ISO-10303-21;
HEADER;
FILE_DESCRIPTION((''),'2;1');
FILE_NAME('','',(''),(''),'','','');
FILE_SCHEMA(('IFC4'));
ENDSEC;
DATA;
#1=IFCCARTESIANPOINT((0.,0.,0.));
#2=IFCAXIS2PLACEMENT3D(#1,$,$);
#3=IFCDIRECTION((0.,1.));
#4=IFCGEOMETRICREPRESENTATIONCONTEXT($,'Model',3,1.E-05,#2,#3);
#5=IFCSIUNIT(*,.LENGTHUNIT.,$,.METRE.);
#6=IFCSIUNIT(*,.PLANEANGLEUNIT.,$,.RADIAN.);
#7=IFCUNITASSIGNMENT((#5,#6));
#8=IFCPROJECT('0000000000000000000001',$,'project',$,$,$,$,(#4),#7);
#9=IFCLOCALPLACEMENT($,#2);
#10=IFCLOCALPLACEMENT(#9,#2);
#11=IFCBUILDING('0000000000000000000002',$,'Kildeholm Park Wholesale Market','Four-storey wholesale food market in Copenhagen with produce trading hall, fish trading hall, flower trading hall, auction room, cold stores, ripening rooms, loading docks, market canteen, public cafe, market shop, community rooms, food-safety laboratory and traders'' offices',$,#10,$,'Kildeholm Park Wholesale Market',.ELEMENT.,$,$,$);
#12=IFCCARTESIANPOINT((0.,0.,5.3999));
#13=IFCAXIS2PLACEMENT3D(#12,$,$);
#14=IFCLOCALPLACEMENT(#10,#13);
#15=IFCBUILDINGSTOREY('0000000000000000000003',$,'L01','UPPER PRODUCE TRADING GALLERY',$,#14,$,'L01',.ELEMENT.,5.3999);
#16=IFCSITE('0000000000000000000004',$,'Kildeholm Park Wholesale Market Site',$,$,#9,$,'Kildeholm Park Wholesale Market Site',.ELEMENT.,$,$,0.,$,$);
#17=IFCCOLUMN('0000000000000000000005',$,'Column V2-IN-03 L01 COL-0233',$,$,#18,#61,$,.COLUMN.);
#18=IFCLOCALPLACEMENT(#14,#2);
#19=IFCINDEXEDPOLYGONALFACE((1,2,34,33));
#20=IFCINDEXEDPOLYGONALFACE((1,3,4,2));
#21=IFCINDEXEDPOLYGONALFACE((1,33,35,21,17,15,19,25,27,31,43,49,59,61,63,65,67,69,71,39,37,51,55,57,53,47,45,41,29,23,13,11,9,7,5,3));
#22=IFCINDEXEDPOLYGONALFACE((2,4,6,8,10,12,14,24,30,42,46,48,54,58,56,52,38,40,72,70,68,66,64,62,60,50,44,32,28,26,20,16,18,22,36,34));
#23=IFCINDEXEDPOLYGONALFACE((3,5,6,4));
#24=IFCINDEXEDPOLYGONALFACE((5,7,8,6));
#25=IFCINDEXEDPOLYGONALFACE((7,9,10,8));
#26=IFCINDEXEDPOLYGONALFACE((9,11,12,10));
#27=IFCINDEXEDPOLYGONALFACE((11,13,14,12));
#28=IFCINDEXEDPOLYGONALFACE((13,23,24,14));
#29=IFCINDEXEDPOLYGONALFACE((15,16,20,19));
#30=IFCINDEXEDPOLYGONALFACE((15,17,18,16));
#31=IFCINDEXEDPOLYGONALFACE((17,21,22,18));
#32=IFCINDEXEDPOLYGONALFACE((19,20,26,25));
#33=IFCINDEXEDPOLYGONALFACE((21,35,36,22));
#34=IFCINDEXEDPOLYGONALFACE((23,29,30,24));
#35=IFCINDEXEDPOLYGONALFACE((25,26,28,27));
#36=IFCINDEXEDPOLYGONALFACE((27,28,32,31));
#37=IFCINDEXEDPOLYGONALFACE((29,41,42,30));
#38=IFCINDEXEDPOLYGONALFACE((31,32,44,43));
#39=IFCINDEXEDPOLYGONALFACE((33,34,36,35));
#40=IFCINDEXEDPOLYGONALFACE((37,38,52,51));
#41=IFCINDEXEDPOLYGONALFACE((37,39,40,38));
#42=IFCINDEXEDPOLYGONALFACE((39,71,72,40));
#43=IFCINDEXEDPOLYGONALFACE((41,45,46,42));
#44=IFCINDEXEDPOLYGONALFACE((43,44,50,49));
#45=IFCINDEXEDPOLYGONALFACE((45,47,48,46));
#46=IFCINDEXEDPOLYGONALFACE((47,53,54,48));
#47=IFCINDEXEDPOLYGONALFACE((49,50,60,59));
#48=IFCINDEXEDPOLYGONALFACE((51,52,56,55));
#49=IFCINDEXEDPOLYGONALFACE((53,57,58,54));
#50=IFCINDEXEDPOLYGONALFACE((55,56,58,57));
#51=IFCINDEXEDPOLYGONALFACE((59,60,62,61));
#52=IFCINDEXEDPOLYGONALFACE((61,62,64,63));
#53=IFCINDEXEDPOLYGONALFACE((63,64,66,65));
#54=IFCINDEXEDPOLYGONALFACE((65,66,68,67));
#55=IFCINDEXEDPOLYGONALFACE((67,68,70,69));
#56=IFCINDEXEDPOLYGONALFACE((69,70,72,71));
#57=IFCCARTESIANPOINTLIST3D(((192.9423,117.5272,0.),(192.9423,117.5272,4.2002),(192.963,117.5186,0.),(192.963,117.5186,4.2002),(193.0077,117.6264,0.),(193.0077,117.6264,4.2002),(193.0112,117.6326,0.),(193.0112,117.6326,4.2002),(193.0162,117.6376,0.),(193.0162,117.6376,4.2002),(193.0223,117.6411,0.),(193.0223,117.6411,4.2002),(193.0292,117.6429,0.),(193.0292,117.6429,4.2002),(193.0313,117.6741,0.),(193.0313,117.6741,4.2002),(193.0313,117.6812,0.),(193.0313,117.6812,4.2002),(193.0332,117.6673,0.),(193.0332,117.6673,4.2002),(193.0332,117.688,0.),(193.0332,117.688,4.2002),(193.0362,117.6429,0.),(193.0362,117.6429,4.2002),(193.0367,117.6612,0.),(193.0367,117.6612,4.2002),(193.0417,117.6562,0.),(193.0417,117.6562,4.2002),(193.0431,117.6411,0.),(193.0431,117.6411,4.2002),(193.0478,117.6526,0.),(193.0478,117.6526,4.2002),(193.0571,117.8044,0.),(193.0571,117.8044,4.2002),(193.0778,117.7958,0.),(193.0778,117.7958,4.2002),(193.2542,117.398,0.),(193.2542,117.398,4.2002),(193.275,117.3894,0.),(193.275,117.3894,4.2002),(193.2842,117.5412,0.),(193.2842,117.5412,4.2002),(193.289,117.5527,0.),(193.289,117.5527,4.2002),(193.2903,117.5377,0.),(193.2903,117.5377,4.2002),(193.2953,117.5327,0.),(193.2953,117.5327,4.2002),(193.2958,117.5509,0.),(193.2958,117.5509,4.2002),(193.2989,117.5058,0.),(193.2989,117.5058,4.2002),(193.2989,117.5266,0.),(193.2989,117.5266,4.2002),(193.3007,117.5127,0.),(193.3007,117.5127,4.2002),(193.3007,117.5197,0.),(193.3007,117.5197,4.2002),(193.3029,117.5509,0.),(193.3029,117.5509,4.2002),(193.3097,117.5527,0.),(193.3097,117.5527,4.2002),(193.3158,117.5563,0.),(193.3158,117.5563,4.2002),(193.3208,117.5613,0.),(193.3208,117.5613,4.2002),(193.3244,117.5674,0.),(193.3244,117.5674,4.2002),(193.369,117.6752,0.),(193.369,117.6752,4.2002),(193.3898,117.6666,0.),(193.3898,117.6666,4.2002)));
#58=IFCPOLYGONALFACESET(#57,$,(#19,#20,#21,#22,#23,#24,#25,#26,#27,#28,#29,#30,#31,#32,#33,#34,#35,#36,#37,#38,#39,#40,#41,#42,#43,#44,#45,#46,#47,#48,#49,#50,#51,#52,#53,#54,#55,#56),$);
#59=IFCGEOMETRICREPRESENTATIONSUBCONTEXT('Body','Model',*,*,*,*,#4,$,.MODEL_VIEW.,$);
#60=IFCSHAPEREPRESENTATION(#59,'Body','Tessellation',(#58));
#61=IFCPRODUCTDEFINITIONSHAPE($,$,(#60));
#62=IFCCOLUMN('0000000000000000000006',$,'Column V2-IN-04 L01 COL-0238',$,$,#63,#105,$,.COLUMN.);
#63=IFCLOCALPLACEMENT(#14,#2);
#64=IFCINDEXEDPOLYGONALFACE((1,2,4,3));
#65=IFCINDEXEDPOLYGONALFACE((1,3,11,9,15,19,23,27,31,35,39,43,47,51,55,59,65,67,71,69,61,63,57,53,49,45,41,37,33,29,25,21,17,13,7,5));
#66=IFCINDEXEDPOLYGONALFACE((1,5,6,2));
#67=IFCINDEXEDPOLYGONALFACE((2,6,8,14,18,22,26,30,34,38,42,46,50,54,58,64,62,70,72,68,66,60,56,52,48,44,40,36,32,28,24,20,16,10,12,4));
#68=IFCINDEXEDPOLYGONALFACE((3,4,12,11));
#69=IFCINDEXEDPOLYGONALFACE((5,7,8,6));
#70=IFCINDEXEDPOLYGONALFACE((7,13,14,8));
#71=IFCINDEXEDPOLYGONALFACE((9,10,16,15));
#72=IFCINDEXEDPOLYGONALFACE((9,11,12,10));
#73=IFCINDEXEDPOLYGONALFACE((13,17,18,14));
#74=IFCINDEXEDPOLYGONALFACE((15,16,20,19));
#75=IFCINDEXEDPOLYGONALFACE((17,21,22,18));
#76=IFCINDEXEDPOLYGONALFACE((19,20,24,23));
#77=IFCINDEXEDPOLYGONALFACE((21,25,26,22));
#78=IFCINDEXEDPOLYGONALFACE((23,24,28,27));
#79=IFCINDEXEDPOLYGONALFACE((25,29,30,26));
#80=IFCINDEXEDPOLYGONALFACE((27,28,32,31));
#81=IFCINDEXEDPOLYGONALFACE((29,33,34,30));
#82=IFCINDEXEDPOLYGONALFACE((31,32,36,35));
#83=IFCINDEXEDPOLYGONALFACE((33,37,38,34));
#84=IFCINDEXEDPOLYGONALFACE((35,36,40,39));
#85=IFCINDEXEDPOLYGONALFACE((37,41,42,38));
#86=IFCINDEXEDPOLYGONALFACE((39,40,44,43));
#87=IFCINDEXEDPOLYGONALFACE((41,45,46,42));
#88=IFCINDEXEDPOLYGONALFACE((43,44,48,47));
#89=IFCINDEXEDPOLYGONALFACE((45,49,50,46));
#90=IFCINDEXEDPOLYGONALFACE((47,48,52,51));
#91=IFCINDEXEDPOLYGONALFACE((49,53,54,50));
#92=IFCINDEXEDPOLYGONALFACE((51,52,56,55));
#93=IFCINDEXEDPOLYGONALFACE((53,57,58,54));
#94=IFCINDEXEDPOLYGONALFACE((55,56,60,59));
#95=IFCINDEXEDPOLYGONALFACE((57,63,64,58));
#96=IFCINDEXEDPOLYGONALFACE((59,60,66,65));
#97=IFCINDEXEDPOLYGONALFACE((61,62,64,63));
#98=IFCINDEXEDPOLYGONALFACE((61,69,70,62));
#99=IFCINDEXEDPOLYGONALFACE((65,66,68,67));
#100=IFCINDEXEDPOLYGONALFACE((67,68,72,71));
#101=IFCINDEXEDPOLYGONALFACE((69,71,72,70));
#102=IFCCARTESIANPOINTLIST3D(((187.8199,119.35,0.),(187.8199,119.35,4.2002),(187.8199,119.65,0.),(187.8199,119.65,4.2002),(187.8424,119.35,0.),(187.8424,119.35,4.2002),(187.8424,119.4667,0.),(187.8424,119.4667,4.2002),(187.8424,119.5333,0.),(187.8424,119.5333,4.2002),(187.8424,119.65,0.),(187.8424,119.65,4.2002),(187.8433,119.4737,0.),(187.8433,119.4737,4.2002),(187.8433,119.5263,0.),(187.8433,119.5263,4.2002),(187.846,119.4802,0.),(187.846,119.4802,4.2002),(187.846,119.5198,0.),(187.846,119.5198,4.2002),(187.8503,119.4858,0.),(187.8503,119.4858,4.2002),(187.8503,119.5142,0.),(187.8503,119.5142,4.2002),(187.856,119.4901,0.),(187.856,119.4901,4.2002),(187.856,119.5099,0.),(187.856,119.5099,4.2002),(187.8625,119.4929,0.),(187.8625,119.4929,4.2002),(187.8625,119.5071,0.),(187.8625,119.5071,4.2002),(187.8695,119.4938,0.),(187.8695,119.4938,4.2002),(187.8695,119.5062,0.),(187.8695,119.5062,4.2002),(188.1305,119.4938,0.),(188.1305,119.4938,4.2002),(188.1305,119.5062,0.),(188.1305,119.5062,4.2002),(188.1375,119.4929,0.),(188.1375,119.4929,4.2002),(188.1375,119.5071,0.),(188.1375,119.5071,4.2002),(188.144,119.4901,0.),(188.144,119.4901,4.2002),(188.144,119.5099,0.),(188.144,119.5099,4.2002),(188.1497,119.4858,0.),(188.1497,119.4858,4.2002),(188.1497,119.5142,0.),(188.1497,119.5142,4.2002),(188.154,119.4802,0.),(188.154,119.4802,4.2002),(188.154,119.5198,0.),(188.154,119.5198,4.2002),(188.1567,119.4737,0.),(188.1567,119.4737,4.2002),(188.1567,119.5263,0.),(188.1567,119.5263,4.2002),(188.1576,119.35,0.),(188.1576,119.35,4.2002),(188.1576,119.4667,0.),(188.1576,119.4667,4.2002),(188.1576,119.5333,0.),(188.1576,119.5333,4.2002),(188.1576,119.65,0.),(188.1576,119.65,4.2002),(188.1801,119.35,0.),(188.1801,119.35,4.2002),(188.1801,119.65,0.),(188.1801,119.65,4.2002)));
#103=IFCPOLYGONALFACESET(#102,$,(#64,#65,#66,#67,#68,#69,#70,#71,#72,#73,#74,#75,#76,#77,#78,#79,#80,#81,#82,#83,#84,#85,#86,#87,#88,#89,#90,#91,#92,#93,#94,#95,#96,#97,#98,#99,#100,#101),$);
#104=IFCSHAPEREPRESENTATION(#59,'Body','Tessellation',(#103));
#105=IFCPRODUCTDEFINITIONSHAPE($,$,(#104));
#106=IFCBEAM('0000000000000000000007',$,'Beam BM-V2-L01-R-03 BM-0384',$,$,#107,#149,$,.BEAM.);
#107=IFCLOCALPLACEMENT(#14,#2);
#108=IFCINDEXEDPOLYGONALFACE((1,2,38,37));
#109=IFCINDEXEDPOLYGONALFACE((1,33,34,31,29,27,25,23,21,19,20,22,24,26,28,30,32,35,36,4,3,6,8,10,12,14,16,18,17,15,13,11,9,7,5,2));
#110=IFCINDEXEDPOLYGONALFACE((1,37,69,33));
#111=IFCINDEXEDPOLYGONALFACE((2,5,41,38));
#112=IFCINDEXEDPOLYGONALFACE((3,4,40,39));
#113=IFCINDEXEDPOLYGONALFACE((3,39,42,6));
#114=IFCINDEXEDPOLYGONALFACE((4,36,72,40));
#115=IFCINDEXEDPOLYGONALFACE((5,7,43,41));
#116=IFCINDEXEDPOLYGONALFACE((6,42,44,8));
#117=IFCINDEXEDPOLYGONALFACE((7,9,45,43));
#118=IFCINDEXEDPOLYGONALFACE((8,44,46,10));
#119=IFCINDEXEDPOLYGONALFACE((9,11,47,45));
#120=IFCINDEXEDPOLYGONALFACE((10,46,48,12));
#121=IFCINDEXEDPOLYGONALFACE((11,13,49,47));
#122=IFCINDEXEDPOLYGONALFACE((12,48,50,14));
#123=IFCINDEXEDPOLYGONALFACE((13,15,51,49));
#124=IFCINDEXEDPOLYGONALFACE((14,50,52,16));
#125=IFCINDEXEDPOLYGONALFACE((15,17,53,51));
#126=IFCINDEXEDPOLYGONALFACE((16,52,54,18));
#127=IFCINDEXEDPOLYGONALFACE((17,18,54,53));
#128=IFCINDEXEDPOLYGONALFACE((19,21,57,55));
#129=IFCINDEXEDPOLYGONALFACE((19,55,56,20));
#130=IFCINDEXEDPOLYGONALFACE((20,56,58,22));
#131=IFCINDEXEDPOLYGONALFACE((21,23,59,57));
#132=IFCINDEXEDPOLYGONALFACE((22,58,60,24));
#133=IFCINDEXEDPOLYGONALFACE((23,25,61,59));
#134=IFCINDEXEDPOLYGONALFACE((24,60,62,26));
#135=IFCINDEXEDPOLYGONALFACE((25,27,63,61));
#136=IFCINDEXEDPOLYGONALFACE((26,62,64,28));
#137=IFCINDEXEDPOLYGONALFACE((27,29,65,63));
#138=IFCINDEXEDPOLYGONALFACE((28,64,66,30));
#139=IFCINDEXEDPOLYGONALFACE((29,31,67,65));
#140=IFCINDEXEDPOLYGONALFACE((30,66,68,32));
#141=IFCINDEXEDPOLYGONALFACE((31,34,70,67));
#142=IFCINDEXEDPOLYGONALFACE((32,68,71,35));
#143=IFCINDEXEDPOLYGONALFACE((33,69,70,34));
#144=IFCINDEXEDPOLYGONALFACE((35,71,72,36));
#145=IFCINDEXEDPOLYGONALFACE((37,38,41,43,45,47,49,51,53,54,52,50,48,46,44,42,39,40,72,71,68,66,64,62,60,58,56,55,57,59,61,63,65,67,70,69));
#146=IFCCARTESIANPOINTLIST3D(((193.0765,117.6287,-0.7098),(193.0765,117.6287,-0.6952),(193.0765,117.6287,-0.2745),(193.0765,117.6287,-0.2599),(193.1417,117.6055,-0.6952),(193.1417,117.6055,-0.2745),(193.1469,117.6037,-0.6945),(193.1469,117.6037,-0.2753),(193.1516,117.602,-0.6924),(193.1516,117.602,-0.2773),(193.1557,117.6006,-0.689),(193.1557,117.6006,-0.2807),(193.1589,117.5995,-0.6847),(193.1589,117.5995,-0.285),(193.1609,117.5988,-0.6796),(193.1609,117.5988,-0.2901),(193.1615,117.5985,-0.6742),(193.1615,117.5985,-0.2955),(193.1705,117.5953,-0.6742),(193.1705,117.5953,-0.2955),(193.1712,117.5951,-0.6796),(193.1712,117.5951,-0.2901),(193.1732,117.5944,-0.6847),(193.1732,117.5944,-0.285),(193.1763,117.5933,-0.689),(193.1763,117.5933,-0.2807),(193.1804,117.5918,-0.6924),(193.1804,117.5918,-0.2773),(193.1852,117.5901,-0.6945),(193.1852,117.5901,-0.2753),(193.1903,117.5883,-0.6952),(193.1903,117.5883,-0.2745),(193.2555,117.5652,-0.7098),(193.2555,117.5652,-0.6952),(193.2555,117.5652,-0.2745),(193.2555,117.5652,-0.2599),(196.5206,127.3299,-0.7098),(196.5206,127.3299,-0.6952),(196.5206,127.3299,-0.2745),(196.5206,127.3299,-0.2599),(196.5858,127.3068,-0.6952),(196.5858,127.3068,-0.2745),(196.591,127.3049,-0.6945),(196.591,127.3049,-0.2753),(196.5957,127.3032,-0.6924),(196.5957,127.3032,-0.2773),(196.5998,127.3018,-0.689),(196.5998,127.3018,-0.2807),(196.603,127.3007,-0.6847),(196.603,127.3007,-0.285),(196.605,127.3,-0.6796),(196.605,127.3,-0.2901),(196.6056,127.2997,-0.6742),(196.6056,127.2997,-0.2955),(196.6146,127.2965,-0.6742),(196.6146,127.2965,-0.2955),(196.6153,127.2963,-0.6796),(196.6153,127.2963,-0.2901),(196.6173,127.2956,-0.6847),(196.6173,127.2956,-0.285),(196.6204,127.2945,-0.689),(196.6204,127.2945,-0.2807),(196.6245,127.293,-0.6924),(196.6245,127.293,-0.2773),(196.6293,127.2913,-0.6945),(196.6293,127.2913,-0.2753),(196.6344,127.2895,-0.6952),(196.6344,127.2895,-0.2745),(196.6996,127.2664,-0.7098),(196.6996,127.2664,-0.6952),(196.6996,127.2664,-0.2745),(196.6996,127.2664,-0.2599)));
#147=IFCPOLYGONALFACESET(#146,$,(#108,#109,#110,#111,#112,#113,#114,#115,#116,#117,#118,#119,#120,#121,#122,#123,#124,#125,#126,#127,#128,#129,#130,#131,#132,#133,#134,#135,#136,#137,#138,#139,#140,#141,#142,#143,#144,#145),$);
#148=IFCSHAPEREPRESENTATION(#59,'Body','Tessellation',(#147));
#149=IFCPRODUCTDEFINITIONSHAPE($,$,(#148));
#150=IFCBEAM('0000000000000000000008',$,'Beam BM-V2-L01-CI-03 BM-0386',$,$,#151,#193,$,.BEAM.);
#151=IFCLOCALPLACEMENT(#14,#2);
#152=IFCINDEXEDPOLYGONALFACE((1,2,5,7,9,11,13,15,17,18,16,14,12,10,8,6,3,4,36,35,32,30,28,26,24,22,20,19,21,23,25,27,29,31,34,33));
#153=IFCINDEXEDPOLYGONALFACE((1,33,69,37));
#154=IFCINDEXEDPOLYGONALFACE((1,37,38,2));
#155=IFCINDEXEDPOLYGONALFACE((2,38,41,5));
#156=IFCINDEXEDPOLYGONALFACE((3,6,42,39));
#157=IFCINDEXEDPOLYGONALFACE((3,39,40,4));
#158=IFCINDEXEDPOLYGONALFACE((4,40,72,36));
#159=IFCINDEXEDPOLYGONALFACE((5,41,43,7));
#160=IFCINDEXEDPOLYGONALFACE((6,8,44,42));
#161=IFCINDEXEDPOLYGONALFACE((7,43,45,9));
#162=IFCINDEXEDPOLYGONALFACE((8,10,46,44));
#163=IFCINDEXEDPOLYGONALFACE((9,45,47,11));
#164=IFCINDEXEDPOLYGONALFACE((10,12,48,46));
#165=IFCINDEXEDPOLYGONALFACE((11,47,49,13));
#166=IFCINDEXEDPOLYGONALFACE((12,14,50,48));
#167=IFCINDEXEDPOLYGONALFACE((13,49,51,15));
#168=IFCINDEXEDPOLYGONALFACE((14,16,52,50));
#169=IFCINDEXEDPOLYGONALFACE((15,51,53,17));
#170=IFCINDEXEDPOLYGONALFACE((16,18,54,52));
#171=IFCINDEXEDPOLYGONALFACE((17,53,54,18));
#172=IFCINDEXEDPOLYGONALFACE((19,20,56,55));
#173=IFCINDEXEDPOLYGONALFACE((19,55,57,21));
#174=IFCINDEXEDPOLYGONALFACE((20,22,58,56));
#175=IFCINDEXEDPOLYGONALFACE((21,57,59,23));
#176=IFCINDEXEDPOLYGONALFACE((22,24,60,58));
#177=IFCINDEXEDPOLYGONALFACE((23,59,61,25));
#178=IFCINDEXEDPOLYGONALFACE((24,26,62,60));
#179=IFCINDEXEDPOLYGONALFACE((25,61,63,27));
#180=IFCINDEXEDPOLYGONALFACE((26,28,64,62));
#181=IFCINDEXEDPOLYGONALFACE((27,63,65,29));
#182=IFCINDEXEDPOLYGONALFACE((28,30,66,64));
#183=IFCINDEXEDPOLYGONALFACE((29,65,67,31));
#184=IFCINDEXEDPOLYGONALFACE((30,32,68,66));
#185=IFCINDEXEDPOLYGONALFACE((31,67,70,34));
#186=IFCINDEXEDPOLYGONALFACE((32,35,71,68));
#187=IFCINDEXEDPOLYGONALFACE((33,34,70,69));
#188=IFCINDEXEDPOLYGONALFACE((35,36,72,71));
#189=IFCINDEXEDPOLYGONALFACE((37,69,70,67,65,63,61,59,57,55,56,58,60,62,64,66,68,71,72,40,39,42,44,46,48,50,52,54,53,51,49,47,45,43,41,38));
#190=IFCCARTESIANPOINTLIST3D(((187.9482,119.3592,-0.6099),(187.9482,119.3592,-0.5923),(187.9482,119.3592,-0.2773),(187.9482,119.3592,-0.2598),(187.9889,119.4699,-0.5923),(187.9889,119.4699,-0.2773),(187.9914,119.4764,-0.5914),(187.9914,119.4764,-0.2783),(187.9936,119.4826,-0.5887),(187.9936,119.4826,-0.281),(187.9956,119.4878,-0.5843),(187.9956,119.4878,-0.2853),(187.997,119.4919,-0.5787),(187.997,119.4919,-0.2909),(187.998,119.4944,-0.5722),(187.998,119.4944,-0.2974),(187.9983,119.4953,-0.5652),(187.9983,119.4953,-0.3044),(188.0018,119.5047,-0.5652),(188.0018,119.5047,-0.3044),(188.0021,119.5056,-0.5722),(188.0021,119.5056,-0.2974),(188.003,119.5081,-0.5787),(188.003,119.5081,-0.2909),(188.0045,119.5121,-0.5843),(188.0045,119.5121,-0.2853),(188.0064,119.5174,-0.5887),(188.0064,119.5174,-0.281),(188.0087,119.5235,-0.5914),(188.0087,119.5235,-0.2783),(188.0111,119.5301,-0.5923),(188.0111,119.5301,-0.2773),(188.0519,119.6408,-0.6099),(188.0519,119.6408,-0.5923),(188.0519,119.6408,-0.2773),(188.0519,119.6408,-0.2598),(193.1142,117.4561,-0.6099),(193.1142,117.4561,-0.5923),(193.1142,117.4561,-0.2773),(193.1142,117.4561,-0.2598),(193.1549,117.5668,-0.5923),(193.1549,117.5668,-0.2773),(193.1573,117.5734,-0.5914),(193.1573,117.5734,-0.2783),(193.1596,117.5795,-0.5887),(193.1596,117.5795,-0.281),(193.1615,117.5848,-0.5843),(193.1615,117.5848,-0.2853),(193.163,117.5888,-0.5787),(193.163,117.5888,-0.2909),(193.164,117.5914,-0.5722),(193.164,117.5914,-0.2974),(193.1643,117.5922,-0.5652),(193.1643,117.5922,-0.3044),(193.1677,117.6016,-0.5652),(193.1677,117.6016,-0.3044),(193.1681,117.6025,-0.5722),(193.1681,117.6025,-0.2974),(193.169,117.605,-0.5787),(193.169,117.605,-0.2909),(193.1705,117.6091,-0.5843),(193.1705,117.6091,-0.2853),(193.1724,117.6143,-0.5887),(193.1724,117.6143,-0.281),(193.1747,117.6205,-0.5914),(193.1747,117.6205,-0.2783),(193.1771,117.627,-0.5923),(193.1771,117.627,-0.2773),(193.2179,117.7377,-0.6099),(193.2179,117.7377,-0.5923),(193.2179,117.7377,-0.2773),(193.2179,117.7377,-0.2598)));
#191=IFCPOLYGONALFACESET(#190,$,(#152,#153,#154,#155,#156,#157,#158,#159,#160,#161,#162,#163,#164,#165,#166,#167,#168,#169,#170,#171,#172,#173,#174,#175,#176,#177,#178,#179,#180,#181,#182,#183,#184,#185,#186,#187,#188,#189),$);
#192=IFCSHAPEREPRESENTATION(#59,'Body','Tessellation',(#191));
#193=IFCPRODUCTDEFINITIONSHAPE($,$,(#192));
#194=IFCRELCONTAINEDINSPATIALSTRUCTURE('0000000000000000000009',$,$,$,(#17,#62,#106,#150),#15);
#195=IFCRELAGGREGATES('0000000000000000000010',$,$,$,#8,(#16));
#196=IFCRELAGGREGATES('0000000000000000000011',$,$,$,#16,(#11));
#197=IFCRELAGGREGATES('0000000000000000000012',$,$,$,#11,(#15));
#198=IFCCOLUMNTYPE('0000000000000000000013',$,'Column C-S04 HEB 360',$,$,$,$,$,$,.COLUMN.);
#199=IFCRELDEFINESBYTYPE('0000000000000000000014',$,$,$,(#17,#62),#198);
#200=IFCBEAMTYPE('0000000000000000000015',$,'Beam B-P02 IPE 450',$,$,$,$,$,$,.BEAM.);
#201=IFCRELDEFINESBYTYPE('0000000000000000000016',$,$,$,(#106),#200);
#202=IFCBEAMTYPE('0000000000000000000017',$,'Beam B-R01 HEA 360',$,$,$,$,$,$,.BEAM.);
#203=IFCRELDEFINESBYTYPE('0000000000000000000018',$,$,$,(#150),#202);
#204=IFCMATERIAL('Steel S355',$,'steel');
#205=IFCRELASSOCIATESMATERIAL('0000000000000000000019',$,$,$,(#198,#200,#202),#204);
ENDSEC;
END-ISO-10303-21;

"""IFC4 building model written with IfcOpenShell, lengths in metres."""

from ifc_helpers import new_model, si_unit, direction, frame, origin, origin_2d, place, context, subcontext, project, spatial, i_section, extrude, material, material_profile, profile_set, type_object, element, save


model = new_model("IFC4")

# Units and contexts
model_context = context("Model", 3, precision=1e-05, world=origin(), true_north=direction((0.0, 1.0)))
body_context = subcontext(model_context, "Body", "Model", "MODEL_VIEW")
ifc_project = project(units=[si_unit("LENGTHUNIT", "METRE"), si_unit("PLANEANGLEUNIT", "RADIAN")], contexts=[model_context])

# Site, building, storey
site_placement = place(None, origin())
site = spatial("IfcSite", under=ifc_project, at=site_placement, Name="Kildeholm Park Wholesale Market Site", LongName="Kildeholm Park Wholesale Market Site", CompositionType="ELEMENT", RefElevation=0.0)
building_placement = place(site_placement, origin())
building = spatial("IfcBuilding", under=site, at=building_placement, Name="Kildeholm Park Wholesale Market", Description="Four-storey wholesale food market in Copenhagen with produce trading hall, fish trading hall, flower trading hall, auction room, cold stores, ripening rooms, loading docks, market canteen, public cafe, market shop, community rooms, food-safety laboratory and traders' offices", LongName="Kildeholm Park Wholesale Market", CompositionType="ELEMENT")
storey_placement = place(building_placement, frame((0.0, 0.0, 5.3999)))
storey = spatial("IfcBuildingStorey", under=building, at=storey_placement, Name="L01", Description="UPPER PRODUCE TRADING GALLERY", LongName="L01", CompositionType="ELEMENT", Elevation=5.3999)

# Columns
ifc_material_1 = material(Name="Steel S355", Category="steel")
ifc_material_profile_1 = material_profile(ifc_material_1, i_section(OverallWidth=0.3, OverallDepth=0.3601, WebThickness=0.0125, FlangeThickness=0.0225, FilletRadius=0.0271, at=origin_2d()), Name="HEB 360")
ifc_profile_set_1 = profile_set([ifc_material_profile_1], Name="Steel S355")
column_type = type_object("IfcColumnType", Name="Column C-S04 HEB 360", PredefinedType="COLUMN", material=ifc_profile_set_1)
for number, where, z_axis, x_axis, name in (
    (1, (193.166, 117.5969, 0.0), (0.0, 0.0, 1.0), (0.382683, 0.92388, 0.0), "Column V2-IN-03 L01 COL-0233"),
    (2, (188.0, 119.5, 0.0), (0.0, 0.0, 1.0), (0.0, 1.0, 0.0), "Column V2-IN-04 L01 COL-0238"),
):
    element("IfcColumn", number, at=place(storey_placement, frame(where, z_axis=z_axis, x_axis=x_axis)), inside=storey, type_object=column_type, Name=name, PredefinedType="COLUMN", context=body_context, shape_type="SweptSolid", body=[
        extrude(i_section(OverallWidth=0.3, OverallDepth=0.3601, WebThickness=0.0125, FlangeThickness=0.0225, FilletRadius=0.0271, at=origin_2d()), origin(), (0.0, 0.0, 1.0), 4.2002),
    ])

# Beams
ifc_material_profile_2 = material_profile(ifc_material_1, i_section(OverallWidth=0.1899, OverallDepth=0.45, WebThickness=0.0095, FlangeThickness=0.0146, FilletRadius=0.021, at=origin_2d()), Name="IPE 450")
ifc_profile_set_2 = profile_set([ifc_material_profile_2], Name="Steel S355")
beam_type_1 = type_object("IfcBeamType", Name="Beam B-P02 IPE 450", PredefinedType="BEAM", material=ifc_profile_set_2)
beam_placement = place(storey_placement, frame((193.166, 117.5969, -0.4849), z_axis=(0.33456, 0.942374, 0.0), x_axis=(-0.942374, 0.33456, 0.0)))
element("IfcBeam", 3, at=beam_placement, inside=storey, type_object=beam_type_1, Name="Beam BM-V2-L01-R-03 BM-0384", PredefinedType="BEAM", context=body_context, shape_type="SweptSolid", body=[
    extrude(i_section(OverallWidth=0.1899, OverallDepth=0.45, WebThickness=0.0095, FlangeThickness=0.0146, FilletRadius=0.021, at=origin_2d()), origin(), (0.0, 0.0, 1.0), 10.2944),
])
ifc_material_profile_3 = material_profile(ifc_material_1, i_section(OverallWidth=0.3, OverallDepth=0.3501, WebThickness=0.01, FlangeThickness=0.0176, FilletRadius=0.0271, at=origin_2d()), Name="HEA 360")
ifc_profile_set_3 = profile_set([ifc_material_profile_3], Name="Steel S355")
beam_type_2 = type_object("IfcBeamType", Name="Beam B-R01 HEA 360", PredefinedType="BEAM", material=ifc_profile_set_3)
for number, where, z_axis, x_axis, name in (
    (4, (193.166, 117.5969, -0.4348), (-0.938354, 0.345675, 0.0), (-0.345675, -0.938354, 0.0), "Beam BM-V2-L01-CI-03 BM-0386"),
):
    element("IfcBeam", number, at=place(storey_placement, frame(where, z_axis=z_axis, x_axis=x_axis)), inside=storey, type_object=beam_type_2, Name=name, PredefinedType="BEAM", context=body_context, shape_type="SweptSolid", body=[
        extrude(i_section(OverallWidth=0.3, OverallDepth=0.3501, WebThickness=0.01, FlangeThickness=0.0176, FilletRadius=0.0271, at=origin_2d()), origin(), (0.0, 0.0, 1.0), 5.5054),
    ])

save(model, "model.ifc")
